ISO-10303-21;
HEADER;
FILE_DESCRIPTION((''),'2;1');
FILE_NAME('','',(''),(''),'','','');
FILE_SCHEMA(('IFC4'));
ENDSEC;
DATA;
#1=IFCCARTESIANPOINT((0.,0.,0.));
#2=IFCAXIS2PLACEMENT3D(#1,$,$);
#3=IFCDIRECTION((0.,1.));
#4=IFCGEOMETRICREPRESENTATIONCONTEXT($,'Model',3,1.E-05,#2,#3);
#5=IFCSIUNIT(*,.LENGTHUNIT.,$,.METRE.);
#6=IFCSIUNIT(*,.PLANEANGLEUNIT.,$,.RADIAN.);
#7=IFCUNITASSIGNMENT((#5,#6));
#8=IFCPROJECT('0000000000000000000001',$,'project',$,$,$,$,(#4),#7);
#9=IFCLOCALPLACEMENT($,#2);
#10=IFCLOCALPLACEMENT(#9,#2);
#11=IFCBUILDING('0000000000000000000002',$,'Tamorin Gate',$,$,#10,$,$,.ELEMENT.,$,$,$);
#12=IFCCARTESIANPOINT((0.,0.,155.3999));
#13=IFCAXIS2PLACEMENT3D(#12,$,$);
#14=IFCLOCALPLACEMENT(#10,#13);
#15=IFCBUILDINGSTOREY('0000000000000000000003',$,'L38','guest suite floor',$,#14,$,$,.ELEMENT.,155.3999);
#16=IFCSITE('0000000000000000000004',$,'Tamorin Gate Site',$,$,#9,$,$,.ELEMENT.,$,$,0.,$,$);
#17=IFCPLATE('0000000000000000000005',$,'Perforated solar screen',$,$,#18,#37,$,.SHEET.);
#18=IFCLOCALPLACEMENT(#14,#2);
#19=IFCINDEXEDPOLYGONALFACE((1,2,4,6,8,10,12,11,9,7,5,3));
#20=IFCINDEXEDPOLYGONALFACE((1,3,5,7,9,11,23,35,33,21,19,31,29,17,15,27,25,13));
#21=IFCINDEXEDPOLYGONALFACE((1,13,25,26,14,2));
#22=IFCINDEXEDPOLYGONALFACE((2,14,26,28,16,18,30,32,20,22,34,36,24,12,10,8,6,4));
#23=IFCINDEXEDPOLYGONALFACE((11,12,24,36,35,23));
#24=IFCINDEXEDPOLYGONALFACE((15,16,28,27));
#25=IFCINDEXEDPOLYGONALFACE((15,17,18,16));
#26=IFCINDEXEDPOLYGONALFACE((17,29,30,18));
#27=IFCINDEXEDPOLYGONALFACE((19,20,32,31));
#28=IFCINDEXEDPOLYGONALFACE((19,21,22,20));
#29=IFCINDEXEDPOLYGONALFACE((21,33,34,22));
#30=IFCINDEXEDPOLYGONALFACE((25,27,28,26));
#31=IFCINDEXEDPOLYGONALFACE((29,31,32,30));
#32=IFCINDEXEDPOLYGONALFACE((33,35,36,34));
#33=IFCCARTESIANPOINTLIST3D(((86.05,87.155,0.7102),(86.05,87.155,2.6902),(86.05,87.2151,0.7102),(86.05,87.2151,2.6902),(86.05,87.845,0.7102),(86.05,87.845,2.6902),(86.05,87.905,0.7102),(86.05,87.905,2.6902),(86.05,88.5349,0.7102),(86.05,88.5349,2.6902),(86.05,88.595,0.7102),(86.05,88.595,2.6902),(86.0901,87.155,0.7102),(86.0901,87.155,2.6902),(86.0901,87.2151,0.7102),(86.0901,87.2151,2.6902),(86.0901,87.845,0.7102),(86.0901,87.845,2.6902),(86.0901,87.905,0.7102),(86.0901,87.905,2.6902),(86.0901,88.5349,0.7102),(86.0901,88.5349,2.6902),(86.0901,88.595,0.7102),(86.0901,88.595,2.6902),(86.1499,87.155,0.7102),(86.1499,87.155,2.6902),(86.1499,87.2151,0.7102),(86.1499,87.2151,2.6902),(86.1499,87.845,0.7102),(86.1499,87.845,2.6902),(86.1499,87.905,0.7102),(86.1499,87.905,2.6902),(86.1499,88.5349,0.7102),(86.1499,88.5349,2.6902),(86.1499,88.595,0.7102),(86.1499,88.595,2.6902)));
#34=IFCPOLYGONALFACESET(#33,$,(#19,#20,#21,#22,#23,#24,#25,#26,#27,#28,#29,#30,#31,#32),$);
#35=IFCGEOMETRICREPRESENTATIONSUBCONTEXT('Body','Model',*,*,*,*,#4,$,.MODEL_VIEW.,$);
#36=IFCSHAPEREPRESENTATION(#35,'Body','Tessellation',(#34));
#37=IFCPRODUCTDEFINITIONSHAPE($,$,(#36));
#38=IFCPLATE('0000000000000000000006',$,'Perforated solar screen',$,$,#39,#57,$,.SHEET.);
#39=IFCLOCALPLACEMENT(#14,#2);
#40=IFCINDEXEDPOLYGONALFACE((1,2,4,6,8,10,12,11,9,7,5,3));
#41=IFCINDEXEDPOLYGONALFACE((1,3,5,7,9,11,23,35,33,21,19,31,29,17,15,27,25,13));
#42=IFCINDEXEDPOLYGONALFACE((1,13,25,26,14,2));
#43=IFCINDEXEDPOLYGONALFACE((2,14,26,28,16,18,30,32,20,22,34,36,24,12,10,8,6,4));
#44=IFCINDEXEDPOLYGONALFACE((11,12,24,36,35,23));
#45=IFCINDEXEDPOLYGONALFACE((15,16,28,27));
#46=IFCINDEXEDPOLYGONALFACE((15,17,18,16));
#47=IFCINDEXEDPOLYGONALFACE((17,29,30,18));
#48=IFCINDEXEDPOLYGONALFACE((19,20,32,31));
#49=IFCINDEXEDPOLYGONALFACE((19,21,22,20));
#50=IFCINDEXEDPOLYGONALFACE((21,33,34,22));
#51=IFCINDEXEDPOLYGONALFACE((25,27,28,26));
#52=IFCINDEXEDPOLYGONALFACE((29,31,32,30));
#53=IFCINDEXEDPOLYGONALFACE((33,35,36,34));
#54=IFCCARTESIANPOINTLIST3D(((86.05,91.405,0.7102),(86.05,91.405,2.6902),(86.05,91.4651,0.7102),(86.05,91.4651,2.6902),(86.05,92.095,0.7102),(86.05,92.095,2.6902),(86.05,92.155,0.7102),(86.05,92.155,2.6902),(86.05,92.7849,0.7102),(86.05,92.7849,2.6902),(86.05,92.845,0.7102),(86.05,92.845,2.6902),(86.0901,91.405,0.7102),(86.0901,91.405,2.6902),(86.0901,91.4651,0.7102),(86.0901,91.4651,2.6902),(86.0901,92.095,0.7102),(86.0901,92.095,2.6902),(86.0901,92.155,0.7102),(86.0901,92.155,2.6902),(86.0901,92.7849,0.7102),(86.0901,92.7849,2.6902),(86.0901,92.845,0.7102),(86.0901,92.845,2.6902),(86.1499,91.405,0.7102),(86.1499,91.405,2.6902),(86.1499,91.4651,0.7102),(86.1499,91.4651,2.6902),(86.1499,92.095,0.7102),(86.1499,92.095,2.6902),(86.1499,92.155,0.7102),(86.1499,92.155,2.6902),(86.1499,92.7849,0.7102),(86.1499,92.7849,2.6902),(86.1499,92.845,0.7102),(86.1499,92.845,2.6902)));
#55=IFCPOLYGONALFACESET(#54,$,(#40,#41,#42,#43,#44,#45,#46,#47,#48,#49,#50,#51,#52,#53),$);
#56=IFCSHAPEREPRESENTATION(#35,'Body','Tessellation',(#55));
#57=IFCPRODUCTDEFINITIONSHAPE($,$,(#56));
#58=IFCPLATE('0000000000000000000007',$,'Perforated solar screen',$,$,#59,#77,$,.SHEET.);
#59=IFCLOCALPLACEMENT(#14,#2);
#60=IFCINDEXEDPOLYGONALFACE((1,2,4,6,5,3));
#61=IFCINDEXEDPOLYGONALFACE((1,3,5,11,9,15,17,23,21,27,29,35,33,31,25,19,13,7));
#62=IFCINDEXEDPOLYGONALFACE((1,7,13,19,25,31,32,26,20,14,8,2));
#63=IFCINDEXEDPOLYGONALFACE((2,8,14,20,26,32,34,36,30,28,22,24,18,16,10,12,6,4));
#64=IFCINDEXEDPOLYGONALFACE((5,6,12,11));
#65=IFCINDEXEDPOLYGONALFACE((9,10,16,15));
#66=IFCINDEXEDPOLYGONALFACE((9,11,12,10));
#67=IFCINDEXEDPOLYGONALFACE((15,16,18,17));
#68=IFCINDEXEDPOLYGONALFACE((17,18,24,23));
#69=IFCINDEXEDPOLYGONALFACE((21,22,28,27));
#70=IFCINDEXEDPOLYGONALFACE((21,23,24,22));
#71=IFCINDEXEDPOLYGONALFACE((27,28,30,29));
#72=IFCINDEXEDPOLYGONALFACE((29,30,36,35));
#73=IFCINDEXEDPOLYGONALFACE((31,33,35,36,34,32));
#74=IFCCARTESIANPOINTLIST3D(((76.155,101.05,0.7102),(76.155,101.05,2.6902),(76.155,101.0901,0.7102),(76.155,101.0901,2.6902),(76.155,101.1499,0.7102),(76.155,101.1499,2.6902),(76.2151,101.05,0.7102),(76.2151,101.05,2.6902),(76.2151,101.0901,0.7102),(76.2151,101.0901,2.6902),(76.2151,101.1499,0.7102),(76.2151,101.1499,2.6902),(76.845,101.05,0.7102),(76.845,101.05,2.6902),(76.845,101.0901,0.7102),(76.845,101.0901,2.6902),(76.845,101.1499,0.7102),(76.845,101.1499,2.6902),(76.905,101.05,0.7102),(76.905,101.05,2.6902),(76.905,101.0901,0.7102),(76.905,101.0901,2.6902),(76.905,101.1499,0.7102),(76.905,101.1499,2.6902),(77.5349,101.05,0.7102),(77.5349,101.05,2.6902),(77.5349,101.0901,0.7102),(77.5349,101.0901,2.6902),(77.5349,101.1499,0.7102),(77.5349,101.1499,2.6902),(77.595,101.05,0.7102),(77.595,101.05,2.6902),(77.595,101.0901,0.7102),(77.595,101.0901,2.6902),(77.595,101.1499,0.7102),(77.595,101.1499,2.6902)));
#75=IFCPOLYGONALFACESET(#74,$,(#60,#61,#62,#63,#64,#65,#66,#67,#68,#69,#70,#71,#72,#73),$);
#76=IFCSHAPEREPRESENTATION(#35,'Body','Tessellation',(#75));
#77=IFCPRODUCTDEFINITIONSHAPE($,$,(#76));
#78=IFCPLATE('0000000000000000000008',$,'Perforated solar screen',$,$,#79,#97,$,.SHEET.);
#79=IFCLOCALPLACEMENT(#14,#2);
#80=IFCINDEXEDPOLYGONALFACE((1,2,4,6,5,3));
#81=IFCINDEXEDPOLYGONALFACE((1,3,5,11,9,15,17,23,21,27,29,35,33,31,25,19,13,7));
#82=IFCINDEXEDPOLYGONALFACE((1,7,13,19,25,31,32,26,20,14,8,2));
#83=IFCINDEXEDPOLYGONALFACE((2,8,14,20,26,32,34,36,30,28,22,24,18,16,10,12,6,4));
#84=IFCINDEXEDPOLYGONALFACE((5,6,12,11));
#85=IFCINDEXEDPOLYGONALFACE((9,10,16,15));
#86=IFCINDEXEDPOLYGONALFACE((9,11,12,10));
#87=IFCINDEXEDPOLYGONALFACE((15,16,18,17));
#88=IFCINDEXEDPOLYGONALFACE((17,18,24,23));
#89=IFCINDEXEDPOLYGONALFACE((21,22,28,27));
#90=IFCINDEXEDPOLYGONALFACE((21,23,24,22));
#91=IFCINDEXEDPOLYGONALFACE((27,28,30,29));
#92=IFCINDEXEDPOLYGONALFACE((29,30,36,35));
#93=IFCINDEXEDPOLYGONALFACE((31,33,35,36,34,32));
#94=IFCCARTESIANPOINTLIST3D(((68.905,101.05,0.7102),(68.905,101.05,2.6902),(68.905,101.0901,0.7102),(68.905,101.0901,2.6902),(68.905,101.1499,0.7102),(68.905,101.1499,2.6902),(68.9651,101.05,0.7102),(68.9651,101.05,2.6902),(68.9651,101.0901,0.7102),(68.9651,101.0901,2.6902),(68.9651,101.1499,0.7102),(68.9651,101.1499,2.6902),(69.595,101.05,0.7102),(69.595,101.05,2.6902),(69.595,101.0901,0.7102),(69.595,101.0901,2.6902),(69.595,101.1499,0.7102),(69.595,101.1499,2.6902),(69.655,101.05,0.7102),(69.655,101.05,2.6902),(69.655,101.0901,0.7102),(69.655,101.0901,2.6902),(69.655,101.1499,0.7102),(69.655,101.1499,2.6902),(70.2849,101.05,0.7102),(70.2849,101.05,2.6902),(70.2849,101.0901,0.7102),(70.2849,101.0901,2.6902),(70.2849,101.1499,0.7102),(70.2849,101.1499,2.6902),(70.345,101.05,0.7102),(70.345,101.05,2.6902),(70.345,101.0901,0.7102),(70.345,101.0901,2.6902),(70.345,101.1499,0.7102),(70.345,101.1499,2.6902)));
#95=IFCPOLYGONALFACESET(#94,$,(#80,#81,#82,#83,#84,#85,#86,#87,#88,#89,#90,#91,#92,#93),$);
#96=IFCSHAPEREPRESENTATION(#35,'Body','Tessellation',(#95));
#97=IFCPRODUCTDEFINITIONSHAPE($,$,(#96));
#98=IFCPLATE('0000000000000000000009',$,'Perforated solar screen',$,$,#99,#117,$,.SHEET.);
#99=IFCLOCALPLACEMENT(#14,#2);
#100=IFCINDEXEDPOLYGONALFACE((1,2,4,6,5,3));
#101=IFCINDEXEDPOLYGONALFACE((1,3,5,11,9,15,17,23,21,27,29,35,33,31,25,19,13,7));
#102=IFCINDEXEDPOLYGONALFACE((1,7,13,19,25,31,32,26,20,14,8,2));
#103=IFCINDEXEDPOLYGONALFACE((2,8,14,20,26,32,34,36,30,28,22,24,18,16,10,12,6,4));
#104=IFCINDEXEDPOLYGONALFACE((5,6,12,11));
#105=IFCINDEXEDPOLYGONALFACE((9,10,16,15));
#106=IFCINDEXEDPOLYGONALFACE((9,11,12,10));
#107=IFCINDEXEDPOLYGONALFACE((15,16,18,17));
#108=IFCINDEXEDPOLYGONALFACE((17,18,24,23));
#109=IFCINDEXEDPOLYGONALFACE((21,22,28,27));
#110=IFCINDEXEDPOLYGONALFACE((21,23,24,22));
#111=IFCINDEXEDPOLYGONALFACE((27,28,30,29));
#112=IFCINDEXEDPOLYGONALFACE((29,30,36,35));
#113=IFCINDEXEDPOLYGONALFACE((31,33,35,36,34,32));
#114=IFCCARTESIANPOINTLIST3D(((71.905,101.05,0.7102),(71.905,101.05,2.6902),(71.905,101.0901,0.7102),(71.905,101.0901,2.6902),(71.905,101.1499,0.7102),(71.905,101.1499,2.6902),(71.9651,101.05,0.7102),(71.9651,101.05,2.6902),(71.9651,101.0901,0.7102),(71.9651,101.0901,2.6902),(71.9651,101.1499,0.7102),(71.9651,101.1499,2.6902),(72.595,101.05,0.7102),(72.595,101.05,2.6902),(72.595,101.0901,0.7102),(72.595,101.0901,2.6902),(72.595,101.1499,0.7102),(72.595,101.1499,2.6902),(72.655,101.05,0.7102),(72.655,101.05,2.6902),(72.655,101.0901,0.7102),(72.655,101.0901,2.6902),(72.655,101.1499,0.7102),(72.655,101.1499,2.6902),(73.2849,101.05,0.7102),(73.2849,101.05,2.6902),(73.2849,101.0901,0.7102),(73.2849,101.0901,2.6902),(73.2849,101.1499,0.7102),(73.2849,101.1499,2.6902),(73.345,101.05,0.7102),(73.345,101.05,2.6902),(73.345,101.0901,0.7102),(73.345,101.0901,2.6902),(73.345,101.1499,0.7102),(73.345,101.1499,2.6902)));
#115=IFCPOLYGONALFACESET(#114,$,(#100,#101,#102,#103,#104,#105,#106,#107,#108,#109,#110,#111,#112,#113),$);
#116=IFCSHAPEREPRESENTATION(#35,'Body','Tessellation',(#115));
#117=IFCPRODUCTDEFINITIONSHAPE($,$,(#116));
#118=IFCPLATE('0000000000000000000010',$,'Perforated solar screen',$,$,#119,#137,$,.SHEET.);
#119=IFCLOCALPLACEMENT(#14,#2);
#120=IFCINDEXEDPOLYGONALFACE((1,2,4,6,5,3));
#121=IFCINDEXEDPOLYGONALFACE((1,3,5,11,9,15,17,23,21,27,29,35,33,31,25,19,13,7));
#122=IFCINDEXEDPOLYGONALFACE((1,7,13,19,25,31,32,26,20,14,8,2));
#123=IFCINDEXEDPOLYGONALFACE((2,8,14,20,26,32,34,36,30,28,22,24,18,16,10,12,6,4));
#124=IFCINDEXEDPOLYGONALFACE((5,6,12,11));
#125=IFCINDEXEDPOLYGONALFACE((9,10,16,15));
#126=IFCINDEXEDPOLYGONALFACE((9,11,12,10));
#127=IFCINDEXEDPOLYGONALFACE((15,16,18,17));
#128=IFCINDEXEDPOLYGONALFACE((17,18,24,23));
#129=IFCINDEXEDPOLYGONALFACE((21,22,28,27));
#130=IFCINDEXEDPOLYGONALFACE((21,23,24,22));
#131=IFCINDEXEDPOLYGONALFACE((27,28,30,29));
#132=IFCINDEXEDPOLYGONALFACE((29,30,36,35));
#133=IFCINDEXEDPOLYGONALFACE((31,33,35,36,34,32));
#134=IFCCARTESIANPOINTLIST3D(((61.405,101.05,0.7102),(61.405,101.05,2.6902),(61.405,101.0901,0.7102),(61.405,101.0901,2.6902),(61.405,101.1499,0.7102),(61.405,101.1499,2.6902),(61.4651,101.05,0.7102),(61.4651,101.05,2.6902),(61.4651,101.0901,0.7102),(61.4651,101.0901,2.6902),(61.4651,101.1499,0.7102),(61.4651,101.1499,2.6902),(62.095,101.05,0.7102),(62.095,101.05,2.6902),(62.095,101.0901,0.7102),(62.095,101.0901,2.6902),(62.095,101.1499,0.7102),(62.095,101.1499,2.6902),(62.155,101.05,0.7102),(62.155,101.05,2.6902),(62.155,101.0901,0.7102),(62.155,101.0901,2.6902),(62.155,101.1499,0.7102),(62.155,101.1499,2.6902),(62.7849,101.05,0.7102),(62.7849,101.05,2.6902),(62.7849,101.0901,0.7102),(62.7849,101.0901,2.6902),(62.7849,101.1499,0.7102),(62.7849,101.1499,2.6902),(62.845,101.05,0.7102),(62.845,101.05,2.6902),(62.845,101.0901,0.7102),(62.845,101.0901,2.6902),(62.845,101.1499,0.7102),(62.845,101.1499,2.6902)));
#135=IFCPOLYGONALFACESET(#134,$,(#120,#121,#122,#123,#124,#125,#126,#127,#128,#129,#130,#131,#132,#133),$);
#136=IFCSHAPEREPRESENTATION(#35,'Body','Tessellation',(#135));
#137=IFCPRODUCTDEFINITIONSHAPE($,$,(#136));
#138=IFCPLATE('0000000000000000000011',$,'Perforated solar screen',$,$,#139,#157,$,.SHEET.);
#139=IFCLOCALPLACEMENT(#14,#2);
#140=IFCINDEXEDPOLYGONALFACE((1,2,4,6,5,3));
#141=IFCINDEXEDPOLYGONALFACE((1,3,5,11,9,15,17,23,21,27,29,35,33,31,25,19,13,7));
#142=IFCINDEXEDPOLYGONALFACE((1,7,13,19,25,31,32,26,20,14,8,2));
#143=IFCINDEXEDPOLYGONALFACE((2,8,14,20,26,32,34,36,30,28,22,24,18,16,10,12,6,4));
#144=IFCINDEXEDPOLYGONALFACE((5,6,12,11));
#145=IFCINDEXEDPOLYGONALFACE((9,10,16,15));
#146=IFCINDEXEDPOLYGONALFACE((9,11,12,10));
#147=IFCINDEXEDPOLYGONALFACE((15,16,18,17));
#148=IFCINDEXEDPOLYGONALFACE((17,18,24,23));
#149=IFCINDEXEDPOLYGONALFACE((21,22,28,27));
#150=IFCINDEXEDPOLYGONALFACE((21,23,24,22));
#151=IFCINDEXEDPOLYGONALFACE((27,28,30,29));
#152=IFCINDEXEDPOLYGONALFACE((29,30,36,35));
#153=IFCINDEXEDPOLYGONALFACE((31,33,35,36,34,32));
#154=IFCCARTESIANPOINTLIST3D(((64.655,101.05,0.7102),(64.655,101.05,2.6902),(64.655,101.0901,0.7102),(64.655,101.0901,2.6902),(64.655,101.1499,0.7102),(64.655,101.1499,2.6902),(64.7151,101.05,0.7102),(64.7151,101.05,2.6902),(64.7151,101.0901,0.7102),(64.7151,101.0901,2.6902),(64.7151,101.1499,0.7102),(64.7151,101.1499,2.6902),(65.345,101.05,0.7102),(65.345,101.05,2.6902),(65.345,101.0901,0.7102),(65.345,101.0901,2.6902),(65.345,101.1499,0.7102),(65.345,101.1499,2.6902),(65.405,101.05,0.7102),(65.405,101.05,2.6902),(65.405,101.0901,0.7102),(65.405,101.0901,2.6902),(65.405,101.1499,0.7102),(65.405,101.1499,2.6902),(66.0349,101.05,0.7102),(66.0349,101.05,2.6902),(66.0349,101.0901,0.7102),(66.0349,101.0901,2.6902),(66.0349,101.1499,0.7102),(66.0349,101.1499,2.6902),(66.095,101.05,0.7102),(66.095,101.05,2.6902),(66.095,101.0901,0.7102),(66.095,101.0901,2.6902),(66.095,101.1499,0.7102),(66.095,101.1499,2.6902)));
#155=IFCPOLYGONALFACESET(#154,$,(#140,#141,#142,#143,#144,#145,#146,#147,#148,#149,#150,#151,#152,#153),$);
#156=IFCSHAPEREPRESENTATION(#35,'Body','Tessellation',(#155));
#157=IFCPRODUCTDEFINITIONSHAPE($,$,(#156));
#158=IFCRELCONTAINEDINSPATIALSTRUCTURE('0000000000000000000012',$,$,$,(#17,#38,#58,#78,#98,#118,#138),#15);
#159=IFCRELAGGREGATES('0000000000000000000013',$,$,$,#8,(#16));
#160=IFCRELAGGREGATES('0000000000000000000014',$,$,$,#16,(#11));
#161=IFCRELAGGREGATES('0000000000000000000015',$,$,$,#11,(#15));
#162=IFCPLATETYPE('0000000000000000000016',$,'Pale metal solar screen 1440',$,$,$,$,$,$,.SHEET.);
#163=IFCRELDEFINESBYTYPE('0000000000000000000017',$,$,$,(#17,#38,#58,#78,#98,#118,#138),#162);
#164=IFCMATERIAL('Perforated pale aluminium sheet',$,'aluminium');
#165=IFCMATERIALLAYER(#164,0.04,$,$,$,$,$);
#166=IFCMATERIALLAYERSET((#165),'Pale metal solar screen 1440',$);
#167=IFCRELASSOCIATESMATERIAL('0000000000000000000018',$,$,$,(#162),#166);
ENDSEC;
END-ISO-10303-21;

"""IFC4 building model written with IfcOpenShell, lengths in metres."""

from ifc_helpers import new_model, si_unit, direction, frame, origin, place, context, subcontext, project, spatial, polyline, outline, extrude, material, layer, layer_set, type_object, element, save


model = new_model("IFC4")

# Units and contexts
model_context = context("Model", 3, precision=1e-05, world=origin(), true_north=direction((0.0, 1.0)))
body_context = subcontext(model_context, "Body", "Model", "MODEL_VIEW")
ifc_project = project(units=[si_unit("LENGTHUNIT", "METRE"), si_unit("PLANEANGLEUNIT", "RADIAN")], contexts=[model_context])

# Site, building, storey
site_placement = place(None, origin())
site = spatial("IfcSite", under=ifc_project, at=site_placement, Name="Tamorin Gate Site", CompositionType="ELEMENT", RefElevation=0.0)
building_placement = place(site_placement, origin())
building = spatial("IfcBuilding", under=site, at=building_placement, Name="Tamorin Gate", CompositionType="ELEMENT")
storey_placement = place(building_placement, frame((0.0, 0.0, 155.3999)))
storey = spatial("IfcBuildingStorey", under=building, at=storey_placement, Name="L38", Description="guest suite floor", CompositionType="ELEMENT", Elevation=155.3999)

# Plates
ifc_material = material(Name="Perforated pale aluminium sheet", Category="aluminium")
ifc_layer_1 = layer(ifc_material, 0.04)
ifc_layer_set_1 = layer_set([ifc_layer_1], Name="Pale metal solar screen 1440")
plate_type_1 = type_object("IfcPlateType", Name="Pale metal solar screen 1440", PredefinedType="SHEET", material=ifc_layer_set_1)
plate_1_placement = place(storey_placement, frame((0.0, 0.0, 0.7102)))
element("IfcPlate", 1, at=plate_1_placement, inside=storey, type_object=plate_type_1, Name="Perforated solar screen", PredefinedType="SHEET", context=body_context, shape_type="SweptSolid", body=[
    extrude(outline(polyline([(86.0901, 87.155), (86.05, 87.155), (86.05, 87.2151), (86.05, 87.845), (86.05, 87.905), (86.05, 88.5349), (86.05, 88.595), (86.0901, 88.595), (86.1499, 88.595), (86.1499, 88.5349), (86.0901, 88.5349), (86.0901, 87.905), (86.1499, 87.905), (86.1499, 87.845), (86.0901, 87.845), (86.0901, 87.2151), (86.1499, 87.2151), (86.1499, 87.155), (86.0901, 87.155)])), origin(), (0.0, 0.0, 1.0), 1.98),
])
plate_2_placement = place(storey_placement, frame((0.0, 0.0, 0.7102)))
element("IfcPlate", 2, at=plate_2_placement, inside=storey, type_object=plate_type_1, Name="Perforated solar screen", PredefinedType="SHEET", context=body_context, shape_type="SweptSolid", body=[
    extrude(outline(polyline([(86.0901, 91.405), (86.05, 91.405), (86.05, 91.4651), (86.05, 92.095), (86.05, 92.155), (86.05, 92.7849), (86.05, 92.845), (86.0901, 92.845), (86.1499, 92.845), (86.1499, 92.7849), (86.0901, 92.7849), (86.0901, 92.155), (86.1499, 92.155), (86.1499, 92.095), (86.0901, 92.095), (86.0901, 91.4651), (86.1499, 91.4651), (86.1499, 91.405), (86.0901, 91.405)])), origin(), (0.0, 0.0, 1.0), 1.98),
])
plate_3_placement = place(storey_placement, frame((0.0, 0.0, 0.7102)))
element("IfcPlate", 3, at=plate_3_placement, inside=storey, type_object=plate_type_1, Name="Perforated solar screen", PredefinedType="SHEET", context=body_context, shape_type="SweptSolid", body=[
    extrude(outline(polyline([(77.595, 101.0901), (77.595, 101.05), (77.5349, 101.05), (76.905, 101.05), (76.845, 101.05), (76.2151, 101.05), (76.155, 101.05), (76.155, 101.05), (76.155, 101.0901), (76.155, 101.0901), (76.155, 101.1499), (76.2151, 101.1499), (76.2151, 101.0901), (76.845, 101.0901), (76.845, 101.1499), (76.905, 101.1499), (76.905, 101.0901), (77.5349, 101.0901), (77.5349, 101.1499), (77.595, 101.1499), (77.595, 101.0901)])), origin(), (0.0, 0.0, 1.0), 1.98),
])
plate_4_placement = place(storey_placement, frame((0.0, 0.0, 0.7102)))
element("IfcPlate", 4, at=plate_4_placement, inside=storey, type_object=plate_type_1, Name="Perforated solar screen", PredefinedType="SHEET", context=body_context, shape_type="SweptSolid", body=[
    extrude(outline(polyline([(70.345, 101.0901), (70.345, 101.05), (70.2849, 101.05), (69.655, 101.05), (69.595, 101.05), (68.9651, 101.05), (68.905, 101.05), (68.905, 101.0901), (68.905, 101.1499), (68.9651, 101.1499), (68.9651, 101.0901), (69.595, 101.0901), (69.595, 101.1499), (69.655, 101.1499), (69.655, 101.0901), (70.2849, 101.0901), (70.2849, 101.1499), (70.345, 101.1499), (70.345, 101.0901)])), origin(), (0.0, 0.0, 1.0), 1.98),
])
plate_5_placement = place(storey_placement, frame((0.0, 0.0, 0.7102)))
element("IfcPlate", 5, at=plate_5_placement, inside=storey, type_object=plate_type_1, Name="Perforated solar screen", PredefinedType="SHEET", context=body_context, shape_type="SweptSolid", body=[
    extrude(outline(polyline([(73.345, 101.0901), (73.345, 101.05), (73.2849, 101.05), (72.655, 101.05), (72.595, 101.05), (71.9651, 101.05), (71.905, 101.05), (71.905, 101.0901), (71.905, 101.1499), (71.9651, 101.1499), (71.9651, 101.0901), (72.595, 101.0901), (72.595, 101.1499), (72.655, 101.1499), (72.655, 101.0901), (73.2849, 101.0901), (73.2849, 101.1499), (73.345, 101.1499), (73.345, 101.0901)])), origin(), (0.0, 0.0, 1.0), 1.98),
])
plate_6_placement = place(storey_placement, frame((0.0, 0.0, 0.7102)))
element("IfcPlate", 6, at=plate_6_placement, inside=storey, type_object=plate_type_1, Name="Perforated solar screen", PredefinedType="SHEET", context=body_context, shape_type="SweptSolid", body=[
    extrude(outline(polyline([(62.845, 101.0901), (62.845, 101.05), (62.7849, 101.05), (62.155, 101.05), (62.095, 101.05), (61.4651, 101.05), (61.405, 101.05), (61.405, 101.0901), (61.405, 101.1499), (61.4651, 101.1499), (61.4651, 101.0901), (62.095, 101.0901), (62.095, 101.1499), (62.155, 101.1499), (62.155, 101.0901), (62.7849, 101.0901), (62.7849, 101.1499), (62.845, 101.1499), (62.845, 101.0901)])), origin(), (0.0, 0.0, 1.0), 1.98),
])
plate_7_placement = place(storey_placement, frame((0.0, 0.0, 0.7102)))
element("IfcPlate", 7, at=plate_7_placement, inside=storey, type_object=plate_type_1, Name="Perforated solar screen", PredefinedType="SHEET", context=body_context, shape_type="SweptSolid", body=[
    extrude(outline(polyline([(66.095, 101.0901), (66.095, 101.05), (66.0349, 101.05), (65.405, 101.05), (65.345, 101.05), (64.7151, 101.05), (64.655, 101.05), (64.655, 101.0901), (64.655, 101.1499), (64.7151, 101.1499), (64.7151, 101.0901), (65.345, 101.0901), (65.345, 101.1499), (65.405, 101.1499), (65.405, 101.0901), (66.0349, 101.0901), (66.0349, 101.1499), (66.095, 101.1499), (66.095, 101.0901)])), origin(), (0.0, 0.0, 1.0), 1.98),
])

save(model, "model.ifc")
